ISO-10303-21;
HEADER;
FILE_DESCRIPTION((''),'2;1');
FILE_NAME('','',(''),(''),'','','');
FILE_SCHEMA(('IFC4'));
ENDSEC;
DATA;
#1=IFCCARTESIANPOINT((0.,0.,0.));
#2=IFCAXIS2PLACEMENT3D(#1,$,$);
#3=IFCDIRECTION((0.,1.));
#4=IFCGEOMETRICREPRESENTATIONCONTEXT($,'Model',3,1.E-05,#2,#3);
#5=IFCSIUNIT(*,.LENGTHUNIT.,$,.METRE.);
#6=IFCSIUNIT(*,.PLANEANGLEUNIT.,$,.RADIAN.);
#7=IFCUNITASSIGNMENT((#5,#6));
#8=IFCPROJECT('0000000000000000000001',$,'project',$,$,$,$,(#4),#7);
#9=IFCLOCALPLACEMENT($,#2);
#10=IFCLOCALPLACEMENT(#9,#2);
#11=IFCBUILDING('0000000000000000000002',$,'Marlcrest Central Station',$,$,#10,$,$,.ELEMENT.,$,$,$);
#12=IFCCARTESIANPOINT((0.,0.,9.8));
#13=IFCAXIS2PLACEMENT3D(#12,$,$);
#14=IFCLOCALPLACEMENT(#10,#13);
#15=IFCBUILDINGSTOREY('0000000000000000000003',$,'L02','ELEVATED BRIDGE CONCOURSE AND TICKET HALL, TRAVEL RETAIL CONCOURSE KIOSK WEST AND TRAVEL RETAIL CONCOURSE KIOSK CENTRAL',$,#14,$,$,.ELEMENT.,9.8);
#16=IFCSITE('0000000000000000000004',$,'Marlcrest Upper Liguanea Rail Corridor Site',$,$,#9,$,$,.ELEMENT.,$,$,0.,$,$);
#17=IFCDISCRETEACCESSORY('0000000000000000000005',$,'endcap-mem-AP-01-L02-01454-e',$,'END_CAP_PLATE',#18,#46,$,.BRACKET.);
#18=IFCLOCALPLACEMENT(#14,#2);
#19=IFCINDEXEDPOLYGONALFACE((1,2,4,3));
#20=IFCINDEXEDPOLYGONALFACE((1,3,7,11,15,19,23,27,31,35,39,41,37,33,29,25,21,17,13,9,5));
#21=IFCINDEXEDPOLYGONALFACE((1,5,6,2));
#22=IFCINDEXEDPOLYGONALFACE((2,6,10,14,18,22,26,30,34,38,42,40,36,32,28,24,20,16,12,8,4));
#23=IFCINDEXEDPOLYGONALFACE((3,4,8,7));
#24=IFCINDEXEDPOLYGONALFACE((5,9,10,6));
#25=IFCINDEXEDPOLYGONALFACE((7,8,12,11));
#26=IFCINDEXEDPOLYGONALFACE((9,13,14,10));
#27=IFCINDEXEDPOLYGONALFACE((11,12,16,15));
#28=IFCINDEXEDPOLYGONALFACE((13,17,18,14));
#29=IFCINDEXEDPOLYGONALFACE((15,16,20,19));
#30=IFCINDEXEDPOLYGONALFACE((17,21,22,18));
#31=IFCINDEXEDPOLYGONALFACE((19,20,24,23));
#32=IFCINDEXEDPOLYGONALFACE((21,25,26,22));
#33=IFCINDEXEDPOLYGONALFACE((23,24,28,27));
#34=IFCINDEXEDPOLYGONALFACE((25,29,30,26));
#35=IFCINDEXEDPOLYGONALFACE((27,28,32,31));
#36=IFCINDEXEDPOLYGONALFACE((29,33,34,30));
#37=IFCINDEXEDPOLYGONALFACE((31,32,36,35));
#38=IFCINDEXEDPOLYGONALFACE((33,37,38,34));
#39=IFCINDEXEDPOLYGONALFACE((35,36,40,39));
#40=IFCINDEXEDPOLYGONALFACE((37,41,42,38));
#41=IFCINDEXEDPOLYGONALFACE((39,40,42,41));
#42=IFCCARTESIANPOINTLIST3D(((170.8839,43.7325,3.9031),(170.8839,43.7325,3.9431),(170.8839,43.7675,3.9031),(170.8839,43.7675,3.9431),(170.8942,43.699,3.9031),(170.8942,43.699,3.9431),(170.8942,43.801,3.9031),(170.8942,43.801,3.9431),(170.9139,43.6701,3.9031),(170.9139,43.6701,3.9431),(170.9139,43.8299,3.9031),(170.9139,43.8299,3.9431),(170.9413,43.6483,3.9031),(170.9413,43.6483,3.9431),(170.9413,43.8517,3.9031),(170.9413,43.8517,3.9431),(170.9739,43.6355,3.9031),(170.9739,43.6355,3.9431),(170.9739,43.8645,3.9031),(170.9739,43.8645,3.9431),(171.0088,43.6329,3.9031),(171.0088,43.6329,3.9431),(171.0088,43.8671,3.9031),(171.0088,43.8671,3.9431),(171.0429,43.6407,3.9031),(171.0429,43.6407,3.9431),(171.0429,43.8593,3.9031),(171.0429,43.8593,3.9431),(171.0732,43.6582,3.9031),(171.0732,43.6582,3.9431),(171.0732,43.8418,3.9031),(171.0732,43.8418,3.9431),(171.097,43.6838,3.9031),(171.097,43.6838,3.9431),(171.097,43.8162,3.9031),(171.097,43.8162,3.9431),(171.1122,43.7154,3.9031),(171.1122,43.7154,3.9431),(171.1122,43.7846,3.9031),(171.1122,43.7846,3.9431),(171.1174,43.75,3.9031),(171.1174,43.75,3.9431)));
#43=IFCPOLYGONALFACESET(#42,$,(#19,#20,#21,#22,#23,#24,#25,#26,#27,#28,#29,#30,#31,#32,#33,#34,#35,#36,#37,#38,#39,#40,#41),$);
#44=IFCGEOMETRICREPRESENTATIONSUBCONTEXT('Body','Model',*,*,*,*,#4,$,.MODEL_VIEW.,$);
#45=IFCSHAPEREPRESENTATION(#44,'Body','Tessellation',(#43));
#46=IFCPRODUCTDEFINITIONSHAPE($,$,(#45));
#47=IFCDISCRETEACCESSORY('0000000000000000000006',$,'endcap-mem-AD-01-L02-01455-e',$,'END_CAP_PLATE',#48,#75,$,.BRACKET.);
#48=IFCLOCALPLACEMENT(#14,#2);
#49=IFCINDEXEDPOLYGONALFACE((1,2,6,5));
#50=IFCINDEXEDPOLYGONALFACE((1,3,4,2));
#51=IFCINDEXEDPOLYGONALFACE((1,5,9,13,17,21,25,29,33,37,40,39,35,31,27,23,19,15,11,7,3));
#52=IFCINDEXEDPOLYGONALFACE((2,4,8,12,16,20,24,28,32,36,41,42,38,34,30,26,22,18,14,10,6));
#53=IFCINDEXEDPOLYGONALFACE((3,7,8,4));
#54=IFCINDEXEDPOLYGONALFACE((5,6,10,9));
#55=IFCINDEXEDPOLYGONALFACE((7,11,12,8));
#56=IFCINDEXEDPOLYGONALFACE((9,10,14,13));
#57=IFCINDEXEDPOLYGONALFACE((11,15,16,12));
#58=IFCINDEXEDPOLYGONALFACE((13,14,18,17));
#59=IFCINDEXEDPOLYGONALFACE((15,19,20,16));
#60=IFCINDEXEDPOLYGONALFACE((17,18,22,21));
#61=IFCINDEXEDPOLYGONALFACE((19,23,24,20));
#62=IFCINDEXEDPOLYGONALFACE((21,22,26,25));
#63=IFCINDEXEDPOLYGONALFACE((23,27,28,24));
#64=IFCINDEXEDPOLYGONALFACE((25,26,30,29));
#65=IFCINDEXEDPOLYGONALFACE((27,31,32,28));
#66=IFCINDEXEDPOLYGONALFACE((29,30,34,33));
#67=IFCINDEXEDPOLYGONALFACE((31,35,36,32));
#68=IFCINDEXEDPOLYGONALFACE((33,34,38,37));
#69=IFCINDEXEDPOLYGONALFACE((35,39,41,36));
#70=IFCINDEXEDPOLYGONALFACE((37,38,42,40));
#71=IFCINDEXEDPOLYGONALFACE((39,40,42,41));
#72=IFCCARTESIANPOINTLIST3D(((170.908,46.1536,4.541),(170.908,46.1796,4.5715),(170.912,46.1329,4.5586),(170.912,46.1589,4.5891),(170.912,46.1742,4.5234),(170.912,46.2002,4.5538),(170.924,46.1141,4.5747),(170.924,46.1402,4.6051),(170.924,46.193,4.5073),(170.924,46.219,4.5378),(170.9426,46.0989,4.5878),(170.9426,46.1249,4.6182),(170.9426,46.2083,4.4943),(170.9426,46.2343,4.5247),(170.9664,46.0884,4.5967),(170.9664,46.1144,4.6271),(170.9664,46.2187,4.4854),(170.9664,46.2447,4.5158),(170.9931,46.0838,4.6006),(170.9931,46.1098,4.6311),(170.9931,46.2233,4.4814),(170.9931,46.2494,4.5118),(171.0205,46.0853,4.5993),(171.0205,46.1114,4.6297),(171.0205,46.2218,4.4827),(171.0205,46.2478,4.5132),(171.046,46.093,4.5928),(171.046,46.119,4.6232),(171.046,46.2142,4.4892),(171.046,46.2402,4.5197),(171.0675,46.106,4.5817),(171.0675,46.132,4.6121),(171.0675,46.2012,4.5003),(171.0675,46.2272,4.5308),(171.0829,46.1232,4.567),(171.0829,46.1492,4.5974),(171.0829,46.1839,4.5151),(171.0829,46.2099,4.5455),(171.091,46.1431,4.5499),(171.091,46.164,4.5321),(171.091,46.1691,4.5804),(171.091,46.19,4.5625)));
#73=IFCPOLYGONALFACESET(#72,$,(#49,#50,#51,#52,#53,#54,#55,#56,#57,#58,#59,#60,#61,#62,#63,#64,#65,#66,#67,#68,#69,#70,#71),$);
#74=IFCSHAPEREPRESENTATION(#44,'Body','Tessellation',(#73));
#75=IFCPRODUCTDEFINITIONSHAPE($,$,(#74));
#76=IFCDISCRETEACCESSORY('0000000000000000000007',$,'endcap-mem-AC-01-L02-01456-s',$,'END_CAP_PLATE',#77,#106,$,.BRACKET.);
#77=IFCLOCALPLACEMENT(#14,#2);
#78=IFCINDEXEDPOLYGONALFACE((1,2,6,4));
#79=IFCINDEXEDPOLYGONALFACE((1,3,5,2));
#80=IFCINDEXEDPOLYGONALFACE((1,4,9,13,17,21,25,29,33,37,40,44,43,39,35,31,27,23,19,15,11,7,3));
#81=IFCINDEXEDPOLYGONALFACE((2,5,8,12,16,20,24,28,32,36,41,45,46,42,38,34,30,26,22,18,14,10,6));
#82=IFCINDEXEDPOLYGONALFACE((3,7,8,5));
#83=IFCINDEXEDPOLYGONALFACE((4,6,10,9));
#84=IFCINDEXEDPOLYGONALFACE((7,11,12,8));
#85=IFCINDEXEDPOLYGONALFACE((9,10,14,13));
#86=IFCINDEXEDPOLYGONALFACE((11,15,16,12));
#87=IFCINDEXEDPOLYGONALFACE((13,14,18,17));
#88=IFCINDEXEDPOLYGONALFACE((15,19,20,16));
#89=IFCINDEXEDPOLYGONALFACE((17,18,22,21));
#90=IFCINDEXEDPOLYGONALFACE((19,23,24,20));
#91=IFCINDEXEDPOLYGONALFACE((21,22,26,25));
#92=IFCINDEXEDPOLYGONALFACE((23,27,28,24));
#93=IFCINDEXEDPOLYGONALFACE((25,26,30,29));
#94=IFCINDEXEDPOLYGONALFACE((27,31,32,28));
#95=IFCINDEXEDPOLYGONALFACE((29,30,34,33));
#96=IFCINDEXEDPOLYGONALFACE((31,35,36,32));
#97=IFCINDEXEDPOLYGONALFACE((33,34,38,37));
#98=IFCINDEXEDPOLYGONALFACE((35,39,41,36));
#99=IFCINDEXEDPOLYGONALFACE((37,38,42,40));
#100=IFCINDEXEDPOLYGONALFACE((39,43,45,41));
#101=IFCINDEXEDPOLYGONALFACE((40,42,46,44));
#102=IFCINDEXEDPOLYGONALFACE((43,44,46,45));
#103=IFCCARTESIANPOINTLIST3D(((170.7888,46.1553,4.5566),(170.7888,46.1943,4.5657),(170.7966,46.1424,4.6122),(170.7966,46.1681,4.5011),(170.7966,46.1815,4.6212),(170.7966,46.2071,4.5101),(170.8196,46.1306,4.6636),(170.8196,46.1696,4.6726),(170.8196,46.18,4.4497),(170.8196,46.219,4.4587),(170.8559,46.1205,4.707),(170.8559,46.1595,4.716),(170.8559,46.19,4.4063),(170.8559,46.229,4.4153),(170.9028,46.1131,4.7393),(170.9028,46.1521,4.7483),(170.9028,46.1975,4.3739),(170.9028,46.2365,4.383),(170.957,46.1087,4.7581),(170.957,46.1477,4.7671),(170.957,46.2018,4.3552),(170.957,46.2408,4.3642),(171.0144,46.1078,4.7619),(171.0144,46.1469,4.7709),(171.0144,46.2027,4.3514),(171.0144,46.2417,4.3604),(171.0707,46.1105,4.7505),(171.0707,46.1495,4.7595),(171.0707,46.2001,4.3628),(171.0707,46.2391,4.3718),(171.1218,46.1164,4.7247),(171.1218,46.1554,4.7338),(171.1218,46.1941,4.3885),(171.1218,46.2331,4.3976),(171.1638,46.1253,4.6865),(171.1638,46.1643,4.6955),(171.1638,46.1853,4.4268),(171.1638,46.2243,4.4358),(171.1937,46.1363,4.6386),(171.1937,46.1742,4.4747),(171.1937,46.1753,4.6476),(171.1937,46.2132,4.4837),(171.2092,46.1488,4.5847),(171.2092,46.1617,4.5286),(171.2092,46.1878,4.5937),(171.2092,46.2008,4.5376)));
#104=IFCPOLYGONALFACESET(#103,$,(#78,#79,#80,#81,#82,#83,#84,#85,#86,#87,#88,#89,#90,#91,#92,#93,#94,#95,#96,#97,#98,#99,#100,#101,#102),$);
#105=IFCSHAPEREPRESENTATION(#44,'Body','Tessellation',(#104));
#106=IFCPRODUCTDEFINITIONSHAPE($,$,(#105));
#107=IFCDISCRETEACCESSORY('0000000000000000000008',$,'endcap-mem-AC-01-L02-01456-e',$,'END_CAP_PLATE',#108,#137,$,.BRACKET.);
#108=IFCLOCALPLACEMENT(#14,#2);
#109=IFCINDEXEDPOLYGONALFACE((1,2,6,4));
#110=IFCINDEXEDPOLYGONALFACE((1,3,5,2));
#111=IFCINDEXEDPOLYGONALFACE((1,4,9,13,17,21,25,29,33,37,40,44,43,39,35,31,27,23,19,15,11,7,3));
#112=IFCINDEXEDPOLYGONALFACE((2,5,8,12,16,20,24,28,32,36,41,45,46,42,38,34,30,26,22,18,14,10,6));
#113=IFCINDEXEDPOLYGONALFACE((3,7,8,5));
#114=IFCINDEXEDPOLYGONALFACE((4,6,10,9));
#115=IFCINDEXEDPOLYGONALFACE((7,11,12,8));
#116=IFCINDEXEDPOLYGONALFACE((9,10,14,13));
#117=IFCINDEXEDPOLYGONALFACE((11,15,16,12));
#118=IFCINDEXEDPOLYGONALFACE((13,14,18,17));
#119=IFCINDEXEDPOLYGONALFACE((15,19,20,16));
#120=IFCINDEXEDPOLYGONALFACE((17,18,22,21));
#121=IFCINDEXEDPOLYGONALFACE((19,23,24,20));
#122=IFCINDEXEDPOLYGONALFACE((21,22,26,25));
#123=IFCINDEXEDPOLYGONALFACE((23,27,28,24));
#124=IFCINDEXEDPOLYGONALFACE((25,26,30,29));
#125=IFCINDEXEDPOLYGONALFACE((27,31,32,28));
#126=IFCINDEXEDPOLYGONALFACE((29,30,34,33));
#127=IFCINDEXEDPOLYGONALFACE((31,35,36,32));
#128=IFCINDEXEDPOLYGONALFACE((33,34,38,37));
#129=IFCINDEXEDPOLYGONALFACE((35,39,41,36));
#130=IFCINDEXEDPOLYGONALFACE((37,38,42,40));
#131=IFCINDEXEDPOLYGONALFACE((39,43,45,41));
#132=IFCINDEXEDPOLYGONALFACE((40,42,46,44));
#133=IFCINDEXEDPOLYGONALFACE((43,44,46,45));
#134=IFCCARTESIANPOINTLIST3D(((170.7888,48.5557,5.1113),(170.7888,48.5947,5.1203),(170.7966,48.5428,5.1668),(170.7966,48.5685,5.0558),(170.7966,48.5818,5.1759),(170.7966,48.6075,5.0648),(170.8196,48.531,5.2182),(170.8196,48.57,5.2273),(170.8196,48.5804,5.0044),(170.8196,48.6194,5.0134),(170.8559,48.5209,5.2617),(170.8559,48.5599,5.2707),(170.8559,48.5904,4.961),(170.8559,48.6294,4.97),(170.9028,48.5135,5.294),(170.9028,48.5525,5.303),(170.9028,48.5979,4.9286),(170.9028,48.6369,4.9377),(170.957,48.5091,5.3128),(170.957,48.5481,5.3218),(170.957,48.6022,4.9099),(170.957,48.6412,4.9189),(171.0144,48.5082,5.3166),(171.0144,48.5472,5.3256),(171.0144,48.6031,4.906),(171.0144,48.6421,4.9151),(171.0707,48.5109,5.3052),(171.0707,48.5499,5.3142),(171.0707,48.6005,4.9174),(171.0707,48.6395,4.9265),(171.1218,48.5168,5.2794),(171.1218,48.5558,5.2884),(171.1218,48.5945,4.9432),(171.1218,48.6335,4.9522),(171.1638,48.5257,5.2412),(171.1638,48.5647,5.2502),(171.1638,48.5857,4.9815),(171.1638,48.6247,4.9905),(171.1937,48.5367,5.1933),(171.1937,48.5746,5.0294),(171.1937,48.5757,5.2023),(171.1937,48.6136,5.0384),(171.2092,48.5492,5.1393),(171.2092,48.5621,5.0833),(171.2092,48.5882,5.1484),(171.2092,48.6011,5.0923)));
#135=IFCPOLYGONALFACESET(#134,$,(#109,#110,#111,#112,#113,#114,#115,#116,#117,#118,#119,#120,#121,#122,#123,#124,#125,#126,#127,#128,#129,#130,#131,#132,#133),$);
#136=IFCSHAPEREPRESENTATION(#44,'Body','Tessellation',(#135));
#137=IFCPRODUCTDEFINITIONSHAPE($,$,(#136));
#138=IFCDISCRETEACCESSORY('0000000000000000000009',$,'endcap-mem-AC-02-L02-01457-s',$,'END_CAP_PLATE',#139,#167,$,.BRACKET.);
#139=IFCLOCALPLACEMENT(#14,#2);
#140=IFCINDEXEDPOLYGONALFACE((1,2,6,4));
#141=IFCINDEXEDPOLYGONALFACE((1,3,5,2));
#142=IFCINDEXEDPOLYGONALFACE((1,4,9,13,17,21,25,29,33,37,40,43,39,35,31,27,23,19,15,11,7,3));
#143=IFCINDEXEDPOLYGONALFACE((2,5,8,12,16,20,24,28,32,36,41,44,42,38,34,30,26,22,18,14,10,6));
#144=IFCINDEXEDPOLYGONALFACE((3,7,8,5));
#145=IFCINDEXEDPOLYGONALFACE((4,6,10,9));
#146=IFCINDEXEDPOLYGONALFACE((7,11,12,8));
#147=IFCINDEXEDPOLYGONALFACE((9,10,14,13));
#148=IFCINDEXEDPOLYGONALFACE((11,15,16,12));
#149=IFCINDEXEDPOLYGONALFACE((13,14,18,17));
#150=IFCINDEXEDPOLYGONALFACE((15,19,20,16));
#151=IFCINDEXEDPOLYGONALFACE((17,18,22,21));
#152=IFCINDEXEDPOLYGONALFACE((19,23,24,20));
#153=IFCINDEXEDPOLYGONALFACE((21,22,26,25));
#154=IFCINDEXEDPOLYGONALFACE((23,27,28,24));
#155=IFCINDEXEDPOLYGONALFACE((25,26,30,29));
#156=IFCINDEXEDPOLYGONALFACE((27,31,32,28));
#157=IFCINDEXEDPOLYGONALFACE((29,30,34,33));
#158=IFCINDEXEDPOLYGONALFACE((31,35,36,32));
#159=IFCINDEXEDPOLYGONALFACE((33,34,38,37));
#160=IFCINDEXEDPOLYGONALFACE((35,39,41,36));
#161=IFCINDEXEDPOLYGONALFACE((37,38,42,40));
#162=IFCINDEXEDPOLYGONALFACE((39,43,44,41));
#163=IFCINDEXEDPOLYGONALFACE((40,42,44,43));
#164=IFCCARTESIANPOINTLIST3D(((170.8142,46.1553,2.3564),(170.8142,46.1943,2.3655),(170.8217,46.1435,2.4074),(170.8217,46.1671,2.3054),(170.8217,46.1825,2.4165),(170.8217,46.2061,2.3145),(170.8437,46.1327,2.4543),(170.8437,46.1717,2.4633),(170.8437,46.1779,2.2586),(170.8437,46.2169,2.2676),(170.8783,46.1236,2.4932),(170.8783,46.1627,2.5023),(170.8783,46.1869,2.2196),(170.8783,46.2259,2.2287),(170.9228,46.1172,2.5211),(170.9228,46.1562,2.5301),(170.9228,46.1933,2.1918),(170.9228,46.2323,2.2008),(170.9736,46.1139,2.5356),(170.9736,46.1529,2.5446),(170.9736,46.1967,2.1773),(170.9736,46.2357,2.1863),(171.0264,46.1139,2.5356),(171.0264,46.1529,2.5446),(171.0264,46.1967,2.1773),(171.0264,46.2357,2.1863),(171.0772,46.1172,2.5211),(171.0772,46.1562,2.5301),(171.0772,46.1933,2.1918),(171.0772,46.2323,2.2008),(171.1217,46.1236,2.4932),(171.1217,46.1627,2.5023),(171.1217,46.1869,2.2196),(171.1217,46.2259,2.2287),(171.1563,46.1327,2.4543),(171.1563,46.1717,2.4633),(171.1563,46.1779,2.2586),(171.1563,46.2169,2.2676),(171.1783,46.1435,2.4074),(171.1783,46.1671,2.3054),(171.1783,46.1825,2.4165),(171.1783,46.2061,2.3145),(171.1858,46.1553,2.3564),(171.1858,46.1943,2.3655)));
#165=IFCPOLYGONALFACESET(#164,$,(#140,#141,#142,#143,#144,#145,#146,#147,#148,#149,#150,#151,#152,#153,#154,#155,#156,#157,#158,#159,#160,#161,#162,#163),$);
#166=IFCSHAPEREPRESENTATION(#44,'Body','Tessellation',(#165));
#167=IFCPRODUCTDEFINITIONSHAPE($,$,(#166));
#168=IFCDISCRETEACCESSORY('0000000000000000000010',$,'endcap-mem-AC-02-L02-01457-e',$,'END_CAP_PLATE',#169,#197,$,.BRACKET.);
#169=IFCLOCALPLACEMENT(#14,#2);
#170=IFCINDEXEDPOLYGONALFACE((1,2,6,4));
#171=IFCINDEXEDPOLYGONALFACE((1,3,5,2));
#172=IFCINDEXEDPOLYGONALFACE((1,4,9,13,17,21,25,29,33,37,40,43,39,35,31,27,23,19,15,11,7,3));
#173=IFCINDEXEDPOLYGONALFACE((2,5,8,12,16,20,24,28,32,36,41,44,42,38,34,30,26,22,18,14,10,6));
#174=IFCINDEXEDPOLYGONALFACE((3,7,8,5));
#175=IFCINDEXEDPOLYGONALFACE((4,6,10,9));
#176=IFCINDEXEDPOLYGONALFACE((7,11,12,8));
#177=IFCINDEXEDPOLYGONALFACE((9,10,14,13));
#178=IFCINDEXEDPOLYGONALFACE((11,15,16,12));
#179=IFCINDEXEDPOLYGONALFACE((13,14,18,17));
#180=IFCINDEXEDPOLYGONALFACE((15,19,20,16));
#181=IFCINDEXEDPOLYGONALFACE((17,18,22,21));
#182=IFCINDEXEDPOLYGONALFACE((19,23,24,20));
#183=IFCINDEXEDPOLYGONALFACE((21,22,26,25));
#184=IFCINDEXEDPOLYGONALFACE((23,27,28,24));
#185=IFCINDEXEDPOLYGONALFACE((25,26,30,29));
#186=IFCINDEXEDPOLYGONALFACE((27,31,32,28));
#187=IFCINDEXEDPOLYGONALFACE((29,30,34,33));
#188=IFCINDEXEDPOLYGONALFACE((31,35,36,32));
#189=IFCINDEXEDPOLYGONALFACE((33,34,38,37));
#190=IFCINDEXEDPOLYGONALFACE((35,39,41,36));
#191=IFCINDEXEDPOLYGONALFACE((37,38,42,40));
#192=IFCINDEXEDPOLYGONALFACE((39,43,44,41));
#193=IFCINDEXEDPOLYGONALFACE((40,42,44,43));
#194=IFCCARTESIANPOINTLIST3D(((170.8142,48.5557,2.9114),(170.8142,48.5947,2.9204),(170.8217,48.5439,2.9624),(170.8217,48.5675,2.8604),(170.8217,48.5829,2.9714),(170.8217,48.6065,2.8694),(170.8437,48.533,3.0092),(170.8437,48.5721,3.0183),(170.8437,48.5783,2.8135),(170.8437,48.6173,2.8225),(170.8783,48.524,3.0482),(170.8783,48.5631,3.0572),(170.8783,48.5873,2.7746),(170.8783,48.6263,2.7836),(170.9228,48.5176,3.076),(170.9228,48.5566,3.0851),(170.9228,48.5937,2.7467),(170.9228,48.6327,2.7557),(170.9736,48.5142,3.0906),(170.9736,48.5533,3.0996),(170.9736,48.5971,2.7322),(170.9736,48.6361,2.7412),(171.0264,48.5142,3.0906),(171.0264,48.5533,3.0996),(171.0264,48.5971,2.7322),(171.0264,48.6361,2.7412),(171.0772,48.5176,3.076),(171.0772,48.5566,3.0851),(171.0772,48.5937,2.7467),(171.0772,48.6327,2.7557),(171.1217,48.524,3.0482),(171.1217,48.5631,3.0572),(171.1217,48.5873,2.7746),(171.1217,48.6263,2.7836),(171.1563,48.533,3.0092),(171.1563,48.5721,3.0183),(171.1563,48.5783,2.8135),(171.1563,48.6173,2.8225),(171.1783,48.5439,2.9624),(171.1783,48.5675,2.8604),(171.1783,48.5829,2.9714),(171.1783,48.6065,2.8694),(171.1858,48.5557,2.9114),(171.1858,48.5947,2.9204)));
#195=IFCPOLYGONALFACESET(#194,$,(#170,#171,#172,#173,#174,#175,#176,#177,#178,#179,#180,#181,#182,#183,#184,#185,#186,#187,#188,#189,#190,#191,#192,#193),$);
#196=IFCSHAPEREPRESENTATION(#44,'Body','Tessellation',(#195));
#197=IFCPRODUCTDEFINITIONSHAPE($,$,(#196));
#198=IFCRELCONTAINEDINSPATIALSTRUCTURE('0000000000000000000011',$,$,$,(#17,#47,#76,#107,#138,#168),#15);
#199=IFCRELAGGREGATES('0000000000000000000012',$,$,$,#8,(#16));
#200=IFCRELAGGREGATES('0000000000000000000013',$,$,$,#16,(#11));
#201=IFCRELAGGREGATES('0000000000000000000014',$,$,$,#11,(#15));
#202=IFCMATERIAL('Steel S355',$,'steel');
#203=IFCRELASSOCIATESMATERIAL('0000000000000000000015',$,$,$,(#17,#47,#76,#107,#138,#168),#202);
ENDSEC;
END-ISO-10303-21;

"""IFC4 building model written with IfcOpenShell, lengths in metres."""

from ifc_helpers import new_model, si_unit, direction, frame, origin, origin_2d, place, context, subcontext, project, spatial, circle, extrude, material, element, save


model = new_model("IFC4")

# Units and contexts
model_context = context("Model", 3, precision=1e-05, world=origin(), true_north=direction((0.0, 1.0)))
body_context = subcontext(model_context, "Body", "Model", "MODEL_VIEW")
ifc_project = project(units=[si_unit("LENGTHUNIT", "METRE"), si_unit("PLANEANGLEUNIT", "RADIAN")], contexts=[model_context])

# Site, building, storey
site_placement = place(None, origin())
site = spatial("IfcSite", under=ifc_project, at=site_placement, Name="Marlcrest Upper Liguanea Rail Corridor Site", CompositionType="ELEMENT", RefElevation=0.0)
building_placement = place(site_placement, origin())
building = spatial("IfcBuilding", under=site, at=building_placement, Name="Marlcrest Central Station", CompositionType="ELEMENT")
storey_placement = place(building_placement, frame((0.0, 0.0, 9.8)))
storey = spatial("IfcBuildingStorey", under=building, at=storey_placement, Name="L02", Description="ELEVATED BRIDGE CONCOURSE AND TICKET HALL, TRAVEL RETAIL CONCOURSE KIOSK WEST AND TRAVEL RETAIL CONCOURSE KIOSK CENTRAL", CompositionType="ELEMENT", Elevation=9.8)

# Shared definitions
ifc_material_1 = material(Name="Steel S355", Category="steel")

# Discrete accessories
discrete_accessory_1_placement = place(storey_placement, frame((171.0, 43.75, 3.9031), z_axis=(0.0, 0.0, 1.0), x_axis=(1.0, 0.0, 0.0)))
element("IfcDiscreteAccessory", 1, at=discrete_accessory_1_placement, inside=storey, material=ifc_material_1, Name="endcap-mem-AP-01-L02-01454-e", ObjectType="END_CAP_PLATE", PredefinedType="BRACKET", context=body_context, shape_type="SweptSolid", body=[
    extrude(circle(Radius=0.1174, at=origin_2d()), origin(), (0.0, 0.0, 1.0), 0.04),
])
discrete_accessory_2_placement = place(storey_placement, frame((171.0, 46.1536, 4.541), z_axis=(0.0, 0.649625, 0.760255), x_axis=(-1.0, 0.0, 0.0)))
element("IfcDiscreteAccessory", 2, at=discrete_accessory_2_placement, inside=storey, material=ifc_material_1, Name="endcap-mem-AD-01-L02-01455-e", ObjectType="END_CAP_PLATE", PredefinedType="BRACKET", context=body_context, shape_type="SweptSolid", body=[
    extrude(circle(Radius=0.092, at=origin_2d()), origin(), (0.0, 0.0, 1.0), 0.04),
])
for number, where, z_axis, x_axis, name in (
    (3, (171.0, 46.1553, 4.5566), (0.0, 0.97433, 0.225126), (-1.0, 0.0, 0.0), "endcap-mem-AC-01-L02-01456-s"),
    (4, (171.0, 48.5557, 5.1113), (0.0, 0.97433, 0.225126), (-1.0, 0.0, 0.0), "endcap-mem-AC-01-L02-01456-e"),
):
    element("IfcDiscreteAccessory", number, at=place(storey_placement, frame(where, z_axis=z_axis, x_axis=x_axis)), inside=storey, material=ifc_material_1, Name=name, ObjectType="END_CAP_PLATE", PredefinedType="BRACKET", context=body_context, shape_type="SweptSolid", body=[
        extrude(circle(Radius=0.2112, at=origin_2d()), origin(), (0.0, 0.0, 1.0), 0.04),
    ])
for number, where, z_axis, x_axis, name in (
    (5, (171.0, 46.1553, 2.3564), (0.0, 0.974308, 0.22522), (-1.0, 0.0, 0.0), "endcap-mem-AC-02-L02-01457-s"),
    (6, (171.0, 48.5557, 2.9114), (0.0, 0.974308, 0.22522), (-1.0, 0.0, 0.0), "endcap-mem-AC-02-L02-01457-e"),
):
    element("IfcDiscreteAccessory", number, at=place(storey_placement, frame(where, z_axis=z_axis, x_axis=x_axis)), inside=storey, material=ifc_material_1, Name=name, ObjectType="END_CAP_PLATE", PredefinedType="BRACKET", context=body_context, shape_type="SweptSolid", body=[
        extrude(circle(Radius=0.1858, at=origin_2d()), origin(), (0.0, 0.0, 1.0), 0.04),
    ])

save(model, "model.ifc")
